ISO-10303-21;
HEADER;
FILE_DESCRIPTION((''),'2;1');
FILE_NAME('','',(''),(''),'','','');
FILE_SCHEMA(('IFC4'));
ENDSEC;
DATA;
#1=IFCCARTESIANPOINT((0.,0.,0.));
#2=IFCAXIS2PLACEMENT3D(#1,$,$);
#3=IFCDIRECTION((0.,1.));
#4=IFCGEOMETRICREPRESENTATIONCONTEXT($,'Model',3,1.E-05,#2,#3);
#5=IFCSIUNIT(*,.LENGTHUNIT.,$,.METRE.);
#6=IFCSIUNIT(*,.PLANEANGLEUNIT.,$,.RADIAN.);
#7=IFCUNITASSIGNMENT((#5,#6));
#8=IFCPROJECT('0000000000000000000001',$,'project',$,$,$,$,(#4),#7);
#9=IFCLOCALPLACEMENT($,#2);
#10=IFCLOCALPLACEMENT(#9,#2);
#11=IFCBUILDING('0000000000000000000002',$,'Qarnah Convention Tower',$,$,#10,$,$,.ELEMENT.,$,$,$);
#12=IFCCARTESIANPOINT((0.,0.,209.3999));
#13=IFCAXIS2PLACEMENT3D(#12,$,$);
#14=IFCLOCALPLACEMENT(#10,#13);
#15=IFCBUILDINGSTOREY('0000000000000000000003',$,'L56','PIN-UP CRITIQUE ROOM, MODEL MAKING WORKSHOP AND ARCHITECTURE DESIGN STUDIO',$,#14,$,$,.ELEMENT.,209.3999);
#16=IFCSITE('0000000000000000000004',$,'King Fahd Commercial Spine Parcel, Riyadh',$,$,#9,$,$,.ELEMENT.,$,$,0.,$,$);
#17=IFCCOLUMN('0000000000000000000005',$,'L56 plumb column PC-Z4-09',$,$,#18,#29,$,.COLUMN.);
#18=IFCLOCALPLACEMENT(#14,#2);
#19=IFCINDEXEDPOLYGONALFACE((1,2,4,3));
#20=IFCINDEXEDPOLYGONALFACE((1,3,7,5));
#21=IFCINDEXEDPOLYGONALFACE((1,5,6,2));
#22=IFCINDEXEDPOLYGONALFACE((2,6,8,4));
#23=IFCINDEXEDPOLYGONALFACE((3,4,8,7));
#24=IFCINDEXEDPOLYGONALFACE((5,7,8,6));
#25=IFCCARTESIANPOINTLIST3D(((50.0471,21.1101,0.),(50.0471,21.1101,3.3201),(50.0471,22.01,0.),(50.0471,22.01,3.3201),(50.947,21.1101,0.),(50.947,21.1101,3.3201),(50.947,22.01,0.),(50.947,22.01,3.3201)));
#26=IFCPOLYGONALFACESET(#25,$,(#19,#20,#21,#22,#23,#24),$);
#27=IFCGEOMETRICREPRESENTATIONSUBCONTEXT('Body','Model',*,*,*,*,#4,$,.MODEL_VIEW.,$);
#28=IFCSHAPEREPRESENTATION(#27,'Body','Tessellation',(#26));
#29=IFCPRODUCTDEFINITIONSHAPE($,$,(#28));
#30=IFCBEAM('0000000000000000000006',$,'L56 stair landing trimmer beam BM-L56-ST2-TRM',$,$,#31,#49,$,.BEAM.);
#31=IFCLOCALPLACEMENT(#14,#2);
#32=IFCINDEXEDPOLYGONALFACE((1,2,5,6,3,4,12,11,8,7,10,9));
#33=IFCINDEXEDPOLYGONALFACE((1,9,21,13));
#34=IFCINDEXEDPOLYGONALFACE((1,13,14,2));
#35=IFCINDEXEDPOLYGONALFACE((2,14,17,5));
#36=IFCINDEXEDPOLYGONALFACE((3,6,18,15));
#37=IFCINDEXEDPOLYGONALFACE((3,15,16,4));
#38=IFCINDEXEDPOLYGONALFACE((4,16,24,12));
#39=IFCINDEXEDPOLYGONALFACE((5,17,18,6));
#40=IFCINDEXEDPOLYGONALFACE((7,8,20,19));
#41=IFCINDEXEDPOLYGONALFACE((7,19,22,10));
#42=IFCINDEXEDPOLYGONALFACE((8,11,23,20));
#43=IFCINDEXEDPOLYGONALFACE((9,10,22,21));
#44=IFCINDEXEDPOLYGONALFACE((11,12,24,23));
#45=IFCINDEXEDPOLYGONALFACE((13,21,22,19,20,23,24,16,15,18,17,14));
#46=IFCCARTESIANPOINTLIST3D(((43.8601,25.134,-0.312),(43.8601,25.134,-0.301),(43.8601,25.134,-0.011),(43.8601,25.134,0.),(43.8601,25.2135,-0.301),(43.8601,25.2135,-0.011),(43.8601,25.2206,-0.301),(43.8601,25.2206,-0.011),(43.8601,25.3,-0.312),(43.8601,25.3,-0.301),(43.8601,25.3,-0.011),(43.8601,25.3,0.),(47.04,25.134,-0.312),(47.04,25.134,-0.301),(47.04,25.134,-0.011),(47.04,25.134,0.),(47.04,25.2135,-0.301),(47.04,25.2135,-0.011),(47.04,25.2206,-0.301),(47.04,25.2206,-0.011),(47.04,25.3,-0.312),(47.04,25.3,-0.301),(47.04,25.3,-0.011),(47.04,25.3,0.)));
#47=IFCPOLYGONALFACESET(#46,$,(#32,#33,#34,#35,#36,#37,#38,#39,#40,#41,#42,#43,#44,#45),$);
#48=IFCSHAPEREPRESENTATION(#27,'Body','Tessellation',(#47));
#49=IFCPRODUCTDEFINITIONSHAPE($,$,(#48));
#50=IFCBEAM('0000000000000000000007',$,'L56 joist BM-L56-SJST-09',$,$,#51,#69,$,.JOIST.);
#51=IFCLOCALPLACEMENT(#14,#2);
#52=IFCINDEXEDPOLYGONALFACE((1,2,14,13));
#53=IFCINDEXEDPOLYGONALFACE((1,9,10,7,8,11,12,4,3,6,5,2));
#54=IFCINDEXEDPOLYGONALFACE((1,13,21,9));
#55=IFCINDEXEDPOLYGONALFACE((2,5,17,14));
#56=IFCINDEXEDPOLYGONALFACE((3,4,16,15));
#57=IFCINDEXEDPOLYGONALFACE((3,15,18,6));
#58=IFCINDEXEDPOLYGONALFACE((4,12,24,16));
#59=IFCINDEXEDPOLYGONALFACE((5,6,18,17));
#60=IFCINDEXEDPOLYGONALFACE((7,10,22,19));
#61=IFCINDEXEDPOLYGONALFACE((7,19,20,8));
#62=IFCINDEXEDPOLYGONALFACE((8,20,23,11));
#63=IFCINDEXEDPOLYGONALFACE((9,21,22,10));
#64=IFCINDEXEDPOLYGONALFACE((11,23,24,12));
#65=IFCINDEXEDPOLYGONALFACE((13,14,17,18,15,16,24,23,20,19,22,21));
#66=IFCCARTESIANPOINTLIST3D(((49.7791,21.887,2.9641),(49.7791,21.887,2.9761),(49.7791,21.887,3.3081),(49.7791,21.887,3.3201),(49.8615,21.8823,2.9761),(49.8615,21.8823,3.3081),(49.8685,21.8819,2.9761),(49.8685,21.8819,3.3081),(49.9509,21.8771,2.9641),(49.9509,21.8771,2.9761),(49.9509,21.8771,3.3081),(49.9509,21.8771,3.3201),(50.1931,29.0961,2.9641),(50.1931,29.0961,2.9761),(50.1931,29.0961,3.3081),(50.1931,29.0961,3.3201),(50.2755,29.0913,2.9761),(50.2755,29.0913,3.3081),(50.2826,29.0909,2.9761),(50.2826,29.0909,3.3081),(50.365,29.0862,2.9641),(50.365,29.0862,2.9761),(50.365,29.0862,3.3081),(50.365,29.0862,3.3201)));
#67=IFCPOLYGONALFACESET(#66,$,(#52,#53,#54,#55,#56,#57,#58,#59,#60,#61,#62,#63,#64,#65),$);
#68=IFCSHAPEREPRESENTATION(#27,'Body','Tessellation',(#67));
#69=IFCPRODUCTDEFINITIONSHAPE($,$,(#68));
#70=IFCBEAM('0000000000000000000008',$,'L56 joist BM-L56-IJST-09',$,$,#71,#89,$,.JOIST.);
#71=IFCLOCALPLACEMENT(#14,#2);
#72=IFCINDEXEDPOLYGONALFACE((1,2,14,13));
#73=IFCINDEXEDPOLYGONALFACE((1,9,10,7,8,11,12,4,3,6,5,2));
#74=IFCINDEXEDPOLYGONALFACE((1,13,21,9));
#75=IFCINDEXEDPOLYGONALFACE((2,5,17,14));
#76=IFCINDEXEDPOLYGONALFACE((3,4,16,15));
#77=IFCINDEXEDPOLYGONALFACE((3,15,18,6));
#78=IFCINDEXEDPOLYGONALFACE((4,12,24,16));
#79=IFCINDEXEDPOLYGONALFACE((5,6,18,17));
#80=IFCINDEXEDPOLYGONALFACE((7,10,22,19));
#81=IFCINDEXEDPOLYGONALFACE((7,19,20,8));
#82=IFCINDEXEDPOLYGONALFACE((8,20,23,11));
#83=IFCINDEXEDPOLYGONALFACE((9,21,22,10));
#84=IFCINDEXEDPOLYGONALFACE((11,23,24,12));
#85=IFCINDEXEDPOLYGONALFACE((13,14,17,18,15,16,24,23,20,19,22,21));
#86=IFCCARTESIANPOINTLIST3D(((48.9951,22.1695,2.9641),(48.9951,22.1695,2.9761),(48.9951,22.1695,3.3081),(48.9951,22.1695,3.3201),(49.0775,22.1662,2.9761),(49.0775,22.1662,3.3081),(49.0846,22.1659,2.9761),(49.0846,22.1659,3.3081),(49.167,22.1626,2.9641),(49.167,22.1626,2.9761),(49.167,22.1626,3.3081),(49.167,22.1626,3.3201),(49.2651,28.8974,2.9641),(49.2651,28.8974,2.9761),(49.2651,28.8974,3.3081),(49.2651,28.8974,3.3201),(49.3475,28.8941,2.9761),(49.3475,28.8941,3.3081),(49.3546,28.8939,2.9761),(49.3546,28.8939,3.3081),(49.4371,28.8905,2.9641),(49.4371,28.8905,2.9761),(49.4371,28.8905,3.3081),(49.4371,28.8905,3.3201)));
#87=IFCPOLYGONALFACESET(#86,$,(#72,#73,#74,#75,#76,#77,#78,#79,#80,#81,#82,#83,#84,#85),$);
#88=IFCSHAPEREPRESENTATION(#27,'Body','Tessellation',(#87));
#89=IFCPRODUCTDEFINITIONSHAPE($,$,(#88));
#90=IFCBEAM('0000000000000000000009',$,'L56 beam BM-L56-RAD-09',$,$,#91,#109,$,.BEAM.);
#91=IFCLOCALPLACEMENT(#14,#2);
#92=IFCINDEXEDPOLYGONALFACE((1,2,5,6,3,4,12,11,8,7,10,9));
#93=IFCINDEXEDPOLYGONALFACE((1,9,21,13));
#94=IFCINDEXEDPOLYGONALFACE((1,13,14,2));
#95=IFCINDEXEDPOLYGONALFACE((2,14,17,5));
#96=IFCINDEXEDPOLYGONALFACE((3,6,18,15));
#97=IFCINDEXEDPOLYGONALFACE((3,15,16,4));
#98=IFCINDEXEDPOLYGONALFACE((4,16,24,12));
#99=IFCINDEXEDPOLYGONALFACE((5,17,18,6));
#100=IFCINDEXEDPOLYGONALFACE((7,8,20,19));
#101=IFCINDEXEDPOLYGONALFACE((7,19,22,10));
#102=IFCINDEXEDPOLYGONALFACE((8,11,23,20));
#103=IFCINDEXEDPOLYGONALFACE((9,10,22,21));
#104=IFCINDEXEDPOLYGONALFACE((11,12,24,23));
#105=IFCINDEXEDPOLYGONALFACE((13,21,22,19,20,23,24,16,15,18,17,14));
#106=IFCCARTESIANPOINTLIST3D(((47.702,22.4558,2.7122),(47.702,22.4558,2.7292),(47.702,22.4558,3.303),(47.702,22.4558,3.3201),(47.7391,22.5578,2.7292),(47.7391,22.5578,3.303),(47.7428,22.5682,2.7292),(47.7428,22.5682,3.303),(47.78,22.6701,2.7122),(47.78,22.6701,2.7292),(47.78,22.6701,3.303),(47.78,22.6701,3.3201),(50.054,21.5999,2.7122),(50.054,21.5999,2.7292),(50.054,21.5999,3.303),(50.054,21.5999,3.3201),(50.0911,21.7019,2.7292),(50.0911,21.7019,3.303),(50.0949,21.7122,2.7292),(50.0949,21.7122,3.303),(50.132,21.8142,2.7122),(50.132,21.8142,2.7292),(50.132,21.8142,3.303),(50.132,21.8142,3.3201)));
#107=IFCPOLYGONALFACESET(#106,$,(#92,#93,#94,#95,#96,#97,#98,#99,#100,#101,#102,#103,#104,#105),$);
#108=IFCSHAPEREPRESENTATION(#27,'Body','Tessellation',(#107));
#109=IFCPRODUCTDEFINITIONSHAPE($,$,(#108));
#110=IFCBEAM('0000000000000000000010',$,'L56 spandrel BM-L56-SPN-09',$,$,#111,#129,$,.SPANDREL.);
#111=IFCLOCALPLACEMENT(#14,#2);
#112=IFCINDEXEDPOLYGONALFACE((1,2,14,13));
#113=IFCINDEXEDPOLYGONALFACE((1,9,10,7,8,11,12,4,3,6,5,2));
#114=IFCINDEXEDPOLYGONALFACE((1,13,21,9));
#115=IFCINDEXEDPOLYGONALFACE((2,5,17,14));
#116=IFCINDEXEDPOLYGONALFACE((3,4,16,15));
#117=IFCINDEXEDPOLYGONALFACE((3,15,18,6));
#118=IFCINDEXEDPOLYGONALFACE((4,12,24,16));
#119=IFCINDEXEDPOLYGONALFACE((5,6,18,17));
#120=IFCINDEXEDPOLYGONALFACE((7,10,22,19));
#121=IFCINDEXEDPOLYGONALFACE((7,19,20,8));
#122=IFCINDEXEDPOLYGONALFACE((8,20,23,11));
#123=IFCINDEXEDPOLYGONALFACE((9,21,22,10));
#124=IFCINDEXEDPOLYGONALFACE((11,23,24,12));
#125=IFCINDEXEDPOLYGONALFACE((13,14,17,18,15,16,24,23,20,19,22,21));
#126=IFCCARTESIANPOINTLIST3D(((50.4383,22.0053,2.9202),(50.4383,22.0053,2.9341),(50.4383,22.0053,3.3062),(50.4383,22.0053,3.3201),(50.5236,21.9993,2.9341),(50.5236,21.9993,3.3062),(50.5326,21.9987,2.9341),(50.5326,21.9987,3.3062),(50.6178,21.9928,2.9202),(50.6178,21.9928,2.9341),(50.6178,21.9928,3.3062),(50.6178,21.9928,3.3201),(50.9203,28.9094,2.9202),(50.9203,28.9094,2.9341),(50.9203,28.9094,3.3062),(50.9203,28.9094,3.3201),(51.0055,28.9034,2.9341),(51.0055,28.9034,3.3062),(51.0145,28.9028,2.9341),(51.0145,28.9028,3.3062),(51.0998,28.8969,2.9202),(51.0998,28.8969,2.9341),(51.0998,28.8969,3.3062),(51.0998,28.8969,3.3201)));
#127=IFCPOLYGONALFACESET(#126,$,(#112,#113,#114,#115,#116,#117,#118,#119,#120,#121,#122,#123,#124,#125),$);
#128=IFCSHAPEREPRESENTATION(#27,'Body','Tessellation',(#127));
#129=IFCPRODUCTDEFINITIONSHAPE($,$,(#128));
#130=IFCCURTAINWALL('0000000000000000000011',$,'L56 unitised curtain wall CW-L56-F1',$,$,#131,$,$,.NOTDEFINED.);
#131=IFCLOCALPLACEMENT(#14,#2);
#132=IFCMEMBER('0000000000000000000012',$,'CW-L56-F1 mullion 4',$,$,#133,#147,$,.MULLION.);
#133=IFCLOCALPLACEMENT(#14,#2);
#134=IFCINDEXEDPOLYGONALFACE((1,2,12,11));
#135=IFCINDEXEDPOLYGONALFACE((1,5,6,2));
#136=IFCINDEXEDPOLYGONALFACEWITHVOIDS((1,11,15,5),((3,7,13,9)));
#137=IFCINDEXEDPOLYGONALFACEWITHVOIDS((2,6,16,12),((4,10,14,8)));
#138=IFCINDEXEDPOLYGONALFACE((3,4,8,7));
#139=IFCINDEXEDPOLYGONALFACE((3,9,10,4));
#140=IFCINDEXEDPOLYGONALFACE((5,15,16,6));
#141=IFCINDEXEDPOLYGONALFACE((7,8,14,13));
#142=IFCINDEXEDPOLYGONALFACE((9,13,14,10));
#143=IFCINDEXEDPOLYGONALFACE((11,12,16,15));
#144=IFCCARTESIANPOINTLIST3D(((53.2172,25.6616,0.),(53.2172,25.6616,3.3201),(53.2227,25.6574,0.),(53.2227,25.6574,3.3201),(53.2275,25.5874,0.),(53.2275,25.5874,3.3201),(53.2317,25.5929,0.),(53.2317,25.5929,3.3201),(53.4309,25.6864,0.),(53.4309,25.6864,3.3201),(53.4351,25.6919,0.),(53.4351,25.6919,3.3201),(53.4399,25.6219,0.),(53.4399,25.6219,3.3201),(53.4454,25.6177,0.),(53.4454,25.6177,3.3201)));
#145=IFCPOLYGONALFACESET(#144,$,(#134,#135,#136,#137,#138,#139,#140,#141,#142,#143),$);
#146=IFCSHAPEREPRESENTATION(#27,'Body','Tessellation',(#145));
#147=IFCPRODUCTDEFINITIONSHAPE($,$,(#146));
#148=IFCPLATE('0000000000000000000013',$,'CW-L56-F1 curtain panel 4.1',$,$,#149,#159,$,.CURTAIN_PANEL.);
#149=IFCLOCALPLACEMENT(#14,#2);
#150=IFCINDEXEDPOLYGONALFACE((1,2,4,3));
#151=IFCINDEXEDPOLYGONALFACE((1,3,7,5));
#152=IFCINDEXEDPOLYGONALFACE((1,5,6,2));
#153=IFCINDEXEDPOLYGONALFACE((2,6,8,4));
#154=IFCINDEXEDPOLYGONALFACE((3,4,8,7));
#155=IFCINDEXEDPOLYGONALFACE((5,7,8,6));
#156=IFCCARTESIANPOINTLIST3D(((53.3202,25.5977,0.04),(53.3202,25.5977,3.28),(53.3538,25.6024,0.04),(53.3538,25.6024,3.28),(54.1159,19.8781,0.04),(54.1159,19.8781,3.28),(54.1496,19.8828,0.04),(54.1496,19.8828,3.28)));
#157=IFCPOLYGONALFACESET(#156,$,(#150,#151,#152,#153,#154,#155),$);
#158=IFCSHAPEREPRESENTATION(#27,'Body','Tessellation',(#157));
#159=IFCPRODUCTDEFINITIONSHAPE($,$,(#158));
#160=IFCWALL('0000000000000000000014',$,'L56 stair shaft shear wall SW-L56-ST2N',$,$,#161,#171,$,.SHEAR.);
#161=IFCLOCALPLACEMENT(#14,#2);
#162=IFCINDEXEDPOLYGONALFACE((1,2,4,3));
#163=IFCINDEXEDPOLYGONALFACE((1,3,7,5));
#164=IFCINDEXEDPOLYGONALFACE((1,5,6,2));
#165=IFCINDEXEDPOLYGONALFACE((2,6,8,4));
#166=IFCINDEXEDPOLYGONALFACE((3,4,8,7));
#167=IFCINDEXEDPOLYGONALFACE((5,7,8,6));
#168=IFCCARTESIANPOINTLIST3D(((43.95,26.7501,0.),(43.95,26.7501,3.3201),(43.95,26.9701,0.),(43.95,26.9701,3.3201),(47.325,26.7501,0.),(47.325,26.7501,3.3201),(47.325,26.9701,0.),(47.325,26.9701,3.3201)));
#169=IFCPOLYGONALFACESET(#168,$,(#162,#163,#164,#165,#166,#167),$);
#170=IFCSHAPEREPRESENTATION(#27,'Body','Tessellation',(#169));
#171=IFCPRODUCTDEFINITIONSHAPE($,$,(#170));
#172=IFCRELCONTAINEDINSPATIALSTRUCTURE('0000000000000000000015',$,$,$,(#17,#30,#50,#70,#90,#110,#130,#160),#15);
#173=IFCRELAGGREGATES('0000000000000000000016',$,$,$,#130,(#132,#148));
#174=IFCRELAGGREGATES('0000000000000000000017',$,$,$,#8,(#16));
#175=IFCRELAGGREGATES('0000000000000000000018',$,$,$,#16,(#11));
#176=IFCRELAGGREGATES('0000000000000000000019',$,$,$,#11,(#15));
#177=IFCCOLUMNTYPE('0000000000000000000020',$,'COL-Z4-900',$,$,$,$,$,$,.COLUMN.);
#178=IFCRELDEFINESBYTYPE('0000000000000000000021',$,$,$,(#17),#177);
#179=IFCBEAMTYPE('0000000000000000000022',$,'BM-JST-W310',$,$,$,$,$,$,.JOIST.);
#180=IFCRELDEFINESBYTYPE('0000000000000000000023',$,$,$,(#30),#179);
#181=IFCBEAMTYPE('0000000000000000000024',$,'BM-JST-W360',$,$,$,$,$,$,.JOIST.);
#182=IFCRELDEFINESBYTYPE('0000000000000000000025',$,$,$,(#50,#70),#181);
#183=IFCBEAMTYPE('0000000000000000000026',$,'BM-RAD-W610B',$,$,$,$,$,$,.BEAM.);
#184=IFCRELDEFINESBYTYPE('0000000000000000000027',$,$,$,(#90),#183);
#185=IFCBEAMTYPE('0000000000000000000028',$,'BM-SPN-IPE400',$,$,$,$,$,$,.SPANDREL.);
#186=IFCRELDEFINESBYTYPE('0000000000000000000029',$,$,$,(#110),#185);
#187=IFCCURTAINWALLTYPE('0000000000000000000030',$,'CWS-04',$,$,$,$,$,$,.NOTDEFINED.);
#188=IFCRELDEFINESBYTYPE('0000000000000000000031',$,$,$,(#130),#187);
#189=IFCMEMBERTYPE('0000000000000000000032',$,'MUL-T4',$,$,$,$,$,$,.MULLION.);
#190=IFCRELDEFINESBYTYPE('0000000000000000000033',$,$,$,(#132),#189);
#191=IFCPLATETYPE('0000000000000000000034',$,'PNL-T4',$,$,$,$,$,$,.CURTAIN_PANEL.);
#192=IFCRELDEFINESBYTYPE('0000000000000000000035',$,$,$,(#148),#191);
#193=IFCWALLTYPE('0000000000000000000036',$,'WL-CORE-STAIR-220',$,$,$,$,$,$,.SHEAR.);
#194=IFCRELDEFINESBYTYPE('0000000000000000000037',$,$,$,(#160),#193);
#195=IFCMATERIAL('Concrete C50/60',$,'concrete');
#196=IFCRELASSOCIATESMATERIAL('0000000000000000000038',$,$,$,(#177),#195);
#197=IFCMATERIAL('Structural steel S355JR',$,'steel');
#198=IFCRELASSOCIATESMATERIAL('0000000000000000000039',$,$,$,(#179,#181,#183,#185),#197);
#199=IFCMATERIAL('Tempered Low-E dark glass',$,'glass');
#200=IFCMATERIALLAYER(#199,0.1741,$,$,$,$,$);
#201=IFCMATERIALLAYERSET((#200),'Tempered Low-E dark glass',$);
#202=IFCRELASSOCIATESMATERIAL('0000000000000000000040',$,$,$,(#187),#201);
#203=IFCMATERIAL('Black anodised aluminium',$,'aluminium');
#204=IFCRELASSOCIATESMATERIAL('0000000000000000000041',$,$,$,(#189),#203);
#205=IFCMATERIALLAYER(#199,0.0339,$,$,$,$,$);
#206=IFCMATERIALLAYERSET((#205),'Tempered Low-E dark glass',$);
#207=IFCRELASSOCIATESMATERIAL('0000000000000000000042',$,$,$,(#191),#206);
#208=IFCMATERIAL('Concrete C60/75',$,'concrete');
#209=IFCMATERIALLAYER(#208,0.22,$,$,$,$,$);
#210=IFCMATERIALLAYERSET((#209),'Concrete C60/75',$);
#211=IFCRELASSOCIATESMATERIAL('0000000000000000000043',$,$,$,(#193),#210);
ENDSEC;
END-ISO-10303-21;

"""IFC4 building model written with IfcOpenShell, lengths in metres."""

from ifc_helpers import new_model, si_unit, direction, frame, frame_2d, origin, origin_2d, place, context, subcontext, project, spatial, rectangle, hollow_rectangle, i_section, extrude, material, layer, layer_set, material_profile, profile_set, type_object, element, aggregate, save


model = new_model("IFC4")

# Units and contexts
model_context = context("Model", 3, precision=1e-05, world=origin(), true_north=direction((0.0, 1.0)))
body_context = subcontext(model_context, "Body", "Model", "MODEL_VIEW")
ifc_project = project(units=[si_unit("LENGTHUNIT", "METRE"), si_unit("PLANEANGLEUNIT", "RADIAN")], contexts=[model_context])

# Site, building, storey
site_placement = place(None, origin())
site = spatial("IfcSite", under=ifc_project, at=site_placement, Name="King Fahd Commercial Spine Parcel, Riyadh", CompositionType="ELEMENT", RefElevation=0.0)
building_placement = place(site_placement, origin())
building = spatial("IfcBuilding", under=site, at=building_placement, Name="Qarnah Convention Tower", CompositionType="ELEMENT")
storey_placement = place(building_placement, frame((0.0, 0.0, 209.3999)))
storey = spatial("IfcBuildingStorey", under=building, at=storey_placement, Name="L56", Description="PIN-UP CRITIQUE ROOM, MODEL MAKING WORKSHOP AND ARCHITECTURE DESIGN STUDIO", CompositionType="ELEMENT", Elevation=209.3999)

# Column
ifc_material_1 = material(Name="Concrete C50/60", Category="concrete")
ifc_material_profile_1 = material_profile(ifc_material_1, rectangle(XDim=0.8999, YDim=0.8999, at=origin_2d()), Name="RC-COL-900X900")
ifc_profile_set_1 = profile_set([ifc_material_profile_1], Name="Concrete C50/60")
column_type = type_object("IfcColumnType", Name="COL-Z4-900", PredefinedType="COLUMN", material=ifc_profile_set_1)
column_placement = place(storey_placement, frame((50.4971, 21.5601, 0.0), z_axis=(0.0, 0.0, 1.0), x_axis=(1.0, 0.0, 0.0)))
element("IfcColumn", 1, at=column_placement, inside=storey, type_object=column_type, Name="L56 plumb column PC-Z4-09", PredefinedType="COLUMN", context=body_context, shape_type="SweptSolid", body=[
    extrude(rectangle(XDim=0.8999, YDim=0.8999, at=origin_2d()), origin(), (0.0, 0.0, 1.0), 3.3201),
])

# Beams
ifc_material_2 = material(Name="Structural steel S355JR", Category="steel")
ifc_material_profile_2 = material_profile(ifc_material_2, i_section(OverallWidth=0.166, OverallDepth=0.312, WebThickness=0.0071, FlangeThickness=0.011, at=origin_2d()), Name="W310X45")
ifc_profile_set_2 = profile_set([ifc_material_profile_2], Name="Structural steel S355JR")
beam_type_1 = type_object("IfcBeamType", Name="BM-JST-W310", PredefinedType="JOIST", material=ifc_profile_set_2)
beam_1_placement = place(storey_placement, frame((43.8601, 25.217, -0.156), z_axis=(1.0, 0.0, 0.0), x_axis=(0.0, 1.0, 0.0)))
element("IfcBeam", 2, at=beam_1_placement, inside=storey, type_object=beam_type_1, Name="L56 stair landing trimmer beam BM-L56-ST2-TRM", PredefinedType="BEAM", context=body_context, shape_type="SweptSolid", body=[
    extrude(i_section(OverallWidth=0.166, OverallDepth=0.312, WebThickness=0.0071, FlangeThickness=0.011, at=origin_2d()), origin(), (0.0, 0.0, 1.0), 3.1799),
])
ifc_material_profile_3 = material_profile(ifc_material_2, i_section(OverallWidth=0.1721, OverallDepth=0.356, WebThickness=0.0071, FlangeThickness=0.012, at=origin_2d()), Name="W360X51")
ifc_profile_set_3 = profile_set([ifc_material_profile_3], Name="Structural steel S355JR")
beam_type_2 = type_object("IfcBeamType", Name="BM-JST-W360", PredefinedType="JOIST", material=ifc_profile_set_3)
beam_2_placement = place(storey_placement, frame((49.865, 21.8821, 3.1421), z_axis=(0.057343, 0.998355, 0.0), x_axis=(-0.998355, 0.057343, 0.0)))
element("IfcBeam", 3, at=beam_2_placement, inside=storey, type_object=beam_type_2, Name="L56 joist BM-L56-SJST-09", PredefinedType="JOIST", context=body_context, shape_type="SweptSolid", body=[
    extrude(i_section(OverallWidth=0.1721, OverallDepth=0.356, WebThickness=0.0071, FlangeThickness=0.012, at=origin_2d()), origin(), (0.0, 0.0, 1.0), 7.2209),
])
beam_3_placement = place(storey_placement, frame((49.0811, 22.166, 3.1421), z_axis=(0.040101, 0.999196, 0.0), x_axis=(-0.999196, 0.040101, 0.0)))
element("IfcBeam", 4, at=beam_3_placement, inside=storey, type_object=beam_type_2, Name="L56 joist BM-L56-IJST-09", PredefinedType="JOIST", context=body_context, shape_type="SweptSolid", body=[
    extrude(i_section(OverallWidth=0.1721, OverallDepth=0.356, WebThickness=0.0071, FlangeThickness=0.012, at=origin_2d()), origin(), (0.0, 0.0, 1.0), 6.7334),
])
ifc_material_profile_4 = material_profile(ifc_material_2, i_section(OverallWidth=0.228, OverallDepth=0.6079, WebThickness=0.011, FlangeThickness=0.0171, at=origin_2d()), Name="W610X113")
ifc_profile_set_4 = profile_set([ifc_material_profile_4], Name="Structural steel S355JR")
beam_type_3 = type_object("IfcBeamType", Name="BM-RAD-W610B", PredefinedType="BEAM", material=ifc_profile_set_4)
beam_4_placement = place(storey_placement, frame((47.741, 22.563, 3.0161), z_axis=(0.939708, -0.341978, 0.0), x_axis=(0.341978, 0.939708, 0.0)))
element("IfcBeam", 5, at=beam_4_placement, inside=storey, type_object=beam_type_3, Name="L56 beam BM-L56-RAD-09", PredefinedType="BEAM", context=body_context, shape_type="SweptSolid", body=[
    extrude(i_section(OverallWidth=0.228, OverallDepth=0.6079, WebThickness=0.011, FlangeThickness=0.0171, at=origin_2d()), origin(), (0.0, 0.0, 1.0), 2.5029),
])
ifc_material_profile_5 = material_profile(ifc_material_2, i_section(OverallWidth=0.1799, OverallDepth=0.3999, WebThickness=0.009, FlangeThickness=0.0139, at=origin_2d()), Name="IPE400")
ifc_profile_set_5 = profile_set([ifc_material_profile_5], Name="Structural steel S355JR")
beam_type_4 = type_object("IfcBeamType", Name="BM-SPN-IPE400", PredefinedType="SPANDREL", material=ifc_profile_set_5)
beam_5_placement = place(storey_placement, frame((50.5281, 21.999, 3.1201), z_axis=(0.069635, 0.997573, 0.0), x_axis=(-0.997573, 0.069635, 0.0)))
element("IfcBeam", 6, at=beam_5_placement, inside=storey, type_object=beam_type_4, Name="L56 spandrel BM-L56-SPN-09", PredefinedType="SPANDREL", context=body_context, shape_type="SweptSolid", body=[
    extrude(i_section(OverallWidth=0.1799, OverallDepth=0.3999, WebThickness=0.009, FlangeThickness=0.0139, at=origin_2d()), origin(), (0.0, 0.0, 1.0), 6.9209),
])

# Curtain wall, member, plate
ifc_material_3 = material(Name="Tempered Low-E dark glass", Category="glass")
ifc_layer_1 = layer(ifc_material_3, 0.1741)
ifc_layer_set_1 = layer_set([ifc_layer_1], Name="Tempered Low-E dark glass")
curtain_wall_type = type_object("IfcCurtainWallType", Name="CWS-04", PredefinedType="NOTDEFINED", material=ifc_layer_set_1)
curtain_wall_placement = place(storey_placement, origin())
curtain_wall = element("IfcCurtainWall", 7, at=curtain_wall_placement, inside=storey, type_object=curtain_wall_type, Name="L56 unitised curtain wall CW-L56-F1", PredefinedType="NOTDEFINED")
ifc_material_4 = material(Name="Black anodised aluminium", Category="aluminium")
ifc_material_profile_6 = material_profile(ifc_material_4, hollow_rectangle(XDim=0.075, YDim=0.22, WallThickness=0.0049, at=origin_2d()), Name="MUL-75X220")
ifc_profile_set_6 = profile_set([ifc_material_profile_6], Name="Black anodised aluminium")
member_type = type_object("IfcMemberType", Name="MUL-T4", PredefinedType="MULLION", material=ifc_profile_set_6)
member_placement = place(storey_placement, frame((53.3313, 25.6396, 0.0), z_axis=(0.0, 0.0, 1.0), x_axis=(0.137805, -0.990459, 0.0)))
member = element("IfcMember", 8, at=member_placement, type_object=member_type, Name="CW-L56-F1 mullion 4", PredefinedType="MULLION", context=body_context, shape_type="SweptSolid", body=[
    extrude(hollow_rectangle(XDim=0.075, YDim=0.22, WallThickness=0.0049, at=origin_2d()), origin(), (0.0, 0.0, 1.0), 3.3201),
])
ifc_layer_2 = layer(ifc_material_3, 0.0339)
ifc_layer_set_2 = layer_set([ifc_layer_2], Name="Tempered Low-E dark glass")
plate_type = type_object("IfcPlateType", Name="PNL-T4", PredefinedType="CURTAIN_PANEL", material=ifc_layer_set_2)
plate_placement = place(storey_placement, frame((53.7349, 22.7402, 0.04), z_axis=(0.0, 0.0, 1.0), x_axis=(0.137805, -0.990459, 0.0)))
plate = element("IfcPlate", 9, at=plate_placement, type_object=plate_type, Name="CW-L56-F1 curtain panel 4.1", PredefinedType="CURTAIN_PANEL", context=body_context, shape_type="SweptSolid", body=[
    extrude(rectangle(XDim=5.7747, YDim=0.0339, at=origin_2d()), origin(), (0.0, 0.0, 1.0), 3.24),
])
aggregate(curtain_wall, [member, plate])

# Wall
ifc_material_5 = material(Name="Concrete C60/75", Category="concrete")
ifc_layer_3 = layer(ifc_material_5, 0.22)
ifc_layer_set_3 = layer_set([ifc_layer_3], Name="Concrete C60/75")
wall_type_1 = type_object("IfcWallType", Name="WL-CORE-STAIR-220", PredefinedType="SHEAR", material=ifc_layer_set_3)
wall_1_placement = place(storey_placement, frame((43.95, 26.8601, 0.0), z_axis=(0.0, 0.0, 1.0), x_axis=(1.0, 0.0, 0.0)))
element("IfcWall", 10, at=wall_1_placement, inside=storey, type_object=wall_type_1, Name="L56 stair shaft shear wall SW-L56-ST2N", PredefinedType="SHEAR", context=body_context, shape_type="SweptSolid", body=[
    extrude(rectangle(XDim=3.375, YDim=0.22, at=frame_2d((1.6875, 0.0))), origin(), (0.0, 0.0, 1.0), 3.3201),
])

save(model, "model.ifc")
